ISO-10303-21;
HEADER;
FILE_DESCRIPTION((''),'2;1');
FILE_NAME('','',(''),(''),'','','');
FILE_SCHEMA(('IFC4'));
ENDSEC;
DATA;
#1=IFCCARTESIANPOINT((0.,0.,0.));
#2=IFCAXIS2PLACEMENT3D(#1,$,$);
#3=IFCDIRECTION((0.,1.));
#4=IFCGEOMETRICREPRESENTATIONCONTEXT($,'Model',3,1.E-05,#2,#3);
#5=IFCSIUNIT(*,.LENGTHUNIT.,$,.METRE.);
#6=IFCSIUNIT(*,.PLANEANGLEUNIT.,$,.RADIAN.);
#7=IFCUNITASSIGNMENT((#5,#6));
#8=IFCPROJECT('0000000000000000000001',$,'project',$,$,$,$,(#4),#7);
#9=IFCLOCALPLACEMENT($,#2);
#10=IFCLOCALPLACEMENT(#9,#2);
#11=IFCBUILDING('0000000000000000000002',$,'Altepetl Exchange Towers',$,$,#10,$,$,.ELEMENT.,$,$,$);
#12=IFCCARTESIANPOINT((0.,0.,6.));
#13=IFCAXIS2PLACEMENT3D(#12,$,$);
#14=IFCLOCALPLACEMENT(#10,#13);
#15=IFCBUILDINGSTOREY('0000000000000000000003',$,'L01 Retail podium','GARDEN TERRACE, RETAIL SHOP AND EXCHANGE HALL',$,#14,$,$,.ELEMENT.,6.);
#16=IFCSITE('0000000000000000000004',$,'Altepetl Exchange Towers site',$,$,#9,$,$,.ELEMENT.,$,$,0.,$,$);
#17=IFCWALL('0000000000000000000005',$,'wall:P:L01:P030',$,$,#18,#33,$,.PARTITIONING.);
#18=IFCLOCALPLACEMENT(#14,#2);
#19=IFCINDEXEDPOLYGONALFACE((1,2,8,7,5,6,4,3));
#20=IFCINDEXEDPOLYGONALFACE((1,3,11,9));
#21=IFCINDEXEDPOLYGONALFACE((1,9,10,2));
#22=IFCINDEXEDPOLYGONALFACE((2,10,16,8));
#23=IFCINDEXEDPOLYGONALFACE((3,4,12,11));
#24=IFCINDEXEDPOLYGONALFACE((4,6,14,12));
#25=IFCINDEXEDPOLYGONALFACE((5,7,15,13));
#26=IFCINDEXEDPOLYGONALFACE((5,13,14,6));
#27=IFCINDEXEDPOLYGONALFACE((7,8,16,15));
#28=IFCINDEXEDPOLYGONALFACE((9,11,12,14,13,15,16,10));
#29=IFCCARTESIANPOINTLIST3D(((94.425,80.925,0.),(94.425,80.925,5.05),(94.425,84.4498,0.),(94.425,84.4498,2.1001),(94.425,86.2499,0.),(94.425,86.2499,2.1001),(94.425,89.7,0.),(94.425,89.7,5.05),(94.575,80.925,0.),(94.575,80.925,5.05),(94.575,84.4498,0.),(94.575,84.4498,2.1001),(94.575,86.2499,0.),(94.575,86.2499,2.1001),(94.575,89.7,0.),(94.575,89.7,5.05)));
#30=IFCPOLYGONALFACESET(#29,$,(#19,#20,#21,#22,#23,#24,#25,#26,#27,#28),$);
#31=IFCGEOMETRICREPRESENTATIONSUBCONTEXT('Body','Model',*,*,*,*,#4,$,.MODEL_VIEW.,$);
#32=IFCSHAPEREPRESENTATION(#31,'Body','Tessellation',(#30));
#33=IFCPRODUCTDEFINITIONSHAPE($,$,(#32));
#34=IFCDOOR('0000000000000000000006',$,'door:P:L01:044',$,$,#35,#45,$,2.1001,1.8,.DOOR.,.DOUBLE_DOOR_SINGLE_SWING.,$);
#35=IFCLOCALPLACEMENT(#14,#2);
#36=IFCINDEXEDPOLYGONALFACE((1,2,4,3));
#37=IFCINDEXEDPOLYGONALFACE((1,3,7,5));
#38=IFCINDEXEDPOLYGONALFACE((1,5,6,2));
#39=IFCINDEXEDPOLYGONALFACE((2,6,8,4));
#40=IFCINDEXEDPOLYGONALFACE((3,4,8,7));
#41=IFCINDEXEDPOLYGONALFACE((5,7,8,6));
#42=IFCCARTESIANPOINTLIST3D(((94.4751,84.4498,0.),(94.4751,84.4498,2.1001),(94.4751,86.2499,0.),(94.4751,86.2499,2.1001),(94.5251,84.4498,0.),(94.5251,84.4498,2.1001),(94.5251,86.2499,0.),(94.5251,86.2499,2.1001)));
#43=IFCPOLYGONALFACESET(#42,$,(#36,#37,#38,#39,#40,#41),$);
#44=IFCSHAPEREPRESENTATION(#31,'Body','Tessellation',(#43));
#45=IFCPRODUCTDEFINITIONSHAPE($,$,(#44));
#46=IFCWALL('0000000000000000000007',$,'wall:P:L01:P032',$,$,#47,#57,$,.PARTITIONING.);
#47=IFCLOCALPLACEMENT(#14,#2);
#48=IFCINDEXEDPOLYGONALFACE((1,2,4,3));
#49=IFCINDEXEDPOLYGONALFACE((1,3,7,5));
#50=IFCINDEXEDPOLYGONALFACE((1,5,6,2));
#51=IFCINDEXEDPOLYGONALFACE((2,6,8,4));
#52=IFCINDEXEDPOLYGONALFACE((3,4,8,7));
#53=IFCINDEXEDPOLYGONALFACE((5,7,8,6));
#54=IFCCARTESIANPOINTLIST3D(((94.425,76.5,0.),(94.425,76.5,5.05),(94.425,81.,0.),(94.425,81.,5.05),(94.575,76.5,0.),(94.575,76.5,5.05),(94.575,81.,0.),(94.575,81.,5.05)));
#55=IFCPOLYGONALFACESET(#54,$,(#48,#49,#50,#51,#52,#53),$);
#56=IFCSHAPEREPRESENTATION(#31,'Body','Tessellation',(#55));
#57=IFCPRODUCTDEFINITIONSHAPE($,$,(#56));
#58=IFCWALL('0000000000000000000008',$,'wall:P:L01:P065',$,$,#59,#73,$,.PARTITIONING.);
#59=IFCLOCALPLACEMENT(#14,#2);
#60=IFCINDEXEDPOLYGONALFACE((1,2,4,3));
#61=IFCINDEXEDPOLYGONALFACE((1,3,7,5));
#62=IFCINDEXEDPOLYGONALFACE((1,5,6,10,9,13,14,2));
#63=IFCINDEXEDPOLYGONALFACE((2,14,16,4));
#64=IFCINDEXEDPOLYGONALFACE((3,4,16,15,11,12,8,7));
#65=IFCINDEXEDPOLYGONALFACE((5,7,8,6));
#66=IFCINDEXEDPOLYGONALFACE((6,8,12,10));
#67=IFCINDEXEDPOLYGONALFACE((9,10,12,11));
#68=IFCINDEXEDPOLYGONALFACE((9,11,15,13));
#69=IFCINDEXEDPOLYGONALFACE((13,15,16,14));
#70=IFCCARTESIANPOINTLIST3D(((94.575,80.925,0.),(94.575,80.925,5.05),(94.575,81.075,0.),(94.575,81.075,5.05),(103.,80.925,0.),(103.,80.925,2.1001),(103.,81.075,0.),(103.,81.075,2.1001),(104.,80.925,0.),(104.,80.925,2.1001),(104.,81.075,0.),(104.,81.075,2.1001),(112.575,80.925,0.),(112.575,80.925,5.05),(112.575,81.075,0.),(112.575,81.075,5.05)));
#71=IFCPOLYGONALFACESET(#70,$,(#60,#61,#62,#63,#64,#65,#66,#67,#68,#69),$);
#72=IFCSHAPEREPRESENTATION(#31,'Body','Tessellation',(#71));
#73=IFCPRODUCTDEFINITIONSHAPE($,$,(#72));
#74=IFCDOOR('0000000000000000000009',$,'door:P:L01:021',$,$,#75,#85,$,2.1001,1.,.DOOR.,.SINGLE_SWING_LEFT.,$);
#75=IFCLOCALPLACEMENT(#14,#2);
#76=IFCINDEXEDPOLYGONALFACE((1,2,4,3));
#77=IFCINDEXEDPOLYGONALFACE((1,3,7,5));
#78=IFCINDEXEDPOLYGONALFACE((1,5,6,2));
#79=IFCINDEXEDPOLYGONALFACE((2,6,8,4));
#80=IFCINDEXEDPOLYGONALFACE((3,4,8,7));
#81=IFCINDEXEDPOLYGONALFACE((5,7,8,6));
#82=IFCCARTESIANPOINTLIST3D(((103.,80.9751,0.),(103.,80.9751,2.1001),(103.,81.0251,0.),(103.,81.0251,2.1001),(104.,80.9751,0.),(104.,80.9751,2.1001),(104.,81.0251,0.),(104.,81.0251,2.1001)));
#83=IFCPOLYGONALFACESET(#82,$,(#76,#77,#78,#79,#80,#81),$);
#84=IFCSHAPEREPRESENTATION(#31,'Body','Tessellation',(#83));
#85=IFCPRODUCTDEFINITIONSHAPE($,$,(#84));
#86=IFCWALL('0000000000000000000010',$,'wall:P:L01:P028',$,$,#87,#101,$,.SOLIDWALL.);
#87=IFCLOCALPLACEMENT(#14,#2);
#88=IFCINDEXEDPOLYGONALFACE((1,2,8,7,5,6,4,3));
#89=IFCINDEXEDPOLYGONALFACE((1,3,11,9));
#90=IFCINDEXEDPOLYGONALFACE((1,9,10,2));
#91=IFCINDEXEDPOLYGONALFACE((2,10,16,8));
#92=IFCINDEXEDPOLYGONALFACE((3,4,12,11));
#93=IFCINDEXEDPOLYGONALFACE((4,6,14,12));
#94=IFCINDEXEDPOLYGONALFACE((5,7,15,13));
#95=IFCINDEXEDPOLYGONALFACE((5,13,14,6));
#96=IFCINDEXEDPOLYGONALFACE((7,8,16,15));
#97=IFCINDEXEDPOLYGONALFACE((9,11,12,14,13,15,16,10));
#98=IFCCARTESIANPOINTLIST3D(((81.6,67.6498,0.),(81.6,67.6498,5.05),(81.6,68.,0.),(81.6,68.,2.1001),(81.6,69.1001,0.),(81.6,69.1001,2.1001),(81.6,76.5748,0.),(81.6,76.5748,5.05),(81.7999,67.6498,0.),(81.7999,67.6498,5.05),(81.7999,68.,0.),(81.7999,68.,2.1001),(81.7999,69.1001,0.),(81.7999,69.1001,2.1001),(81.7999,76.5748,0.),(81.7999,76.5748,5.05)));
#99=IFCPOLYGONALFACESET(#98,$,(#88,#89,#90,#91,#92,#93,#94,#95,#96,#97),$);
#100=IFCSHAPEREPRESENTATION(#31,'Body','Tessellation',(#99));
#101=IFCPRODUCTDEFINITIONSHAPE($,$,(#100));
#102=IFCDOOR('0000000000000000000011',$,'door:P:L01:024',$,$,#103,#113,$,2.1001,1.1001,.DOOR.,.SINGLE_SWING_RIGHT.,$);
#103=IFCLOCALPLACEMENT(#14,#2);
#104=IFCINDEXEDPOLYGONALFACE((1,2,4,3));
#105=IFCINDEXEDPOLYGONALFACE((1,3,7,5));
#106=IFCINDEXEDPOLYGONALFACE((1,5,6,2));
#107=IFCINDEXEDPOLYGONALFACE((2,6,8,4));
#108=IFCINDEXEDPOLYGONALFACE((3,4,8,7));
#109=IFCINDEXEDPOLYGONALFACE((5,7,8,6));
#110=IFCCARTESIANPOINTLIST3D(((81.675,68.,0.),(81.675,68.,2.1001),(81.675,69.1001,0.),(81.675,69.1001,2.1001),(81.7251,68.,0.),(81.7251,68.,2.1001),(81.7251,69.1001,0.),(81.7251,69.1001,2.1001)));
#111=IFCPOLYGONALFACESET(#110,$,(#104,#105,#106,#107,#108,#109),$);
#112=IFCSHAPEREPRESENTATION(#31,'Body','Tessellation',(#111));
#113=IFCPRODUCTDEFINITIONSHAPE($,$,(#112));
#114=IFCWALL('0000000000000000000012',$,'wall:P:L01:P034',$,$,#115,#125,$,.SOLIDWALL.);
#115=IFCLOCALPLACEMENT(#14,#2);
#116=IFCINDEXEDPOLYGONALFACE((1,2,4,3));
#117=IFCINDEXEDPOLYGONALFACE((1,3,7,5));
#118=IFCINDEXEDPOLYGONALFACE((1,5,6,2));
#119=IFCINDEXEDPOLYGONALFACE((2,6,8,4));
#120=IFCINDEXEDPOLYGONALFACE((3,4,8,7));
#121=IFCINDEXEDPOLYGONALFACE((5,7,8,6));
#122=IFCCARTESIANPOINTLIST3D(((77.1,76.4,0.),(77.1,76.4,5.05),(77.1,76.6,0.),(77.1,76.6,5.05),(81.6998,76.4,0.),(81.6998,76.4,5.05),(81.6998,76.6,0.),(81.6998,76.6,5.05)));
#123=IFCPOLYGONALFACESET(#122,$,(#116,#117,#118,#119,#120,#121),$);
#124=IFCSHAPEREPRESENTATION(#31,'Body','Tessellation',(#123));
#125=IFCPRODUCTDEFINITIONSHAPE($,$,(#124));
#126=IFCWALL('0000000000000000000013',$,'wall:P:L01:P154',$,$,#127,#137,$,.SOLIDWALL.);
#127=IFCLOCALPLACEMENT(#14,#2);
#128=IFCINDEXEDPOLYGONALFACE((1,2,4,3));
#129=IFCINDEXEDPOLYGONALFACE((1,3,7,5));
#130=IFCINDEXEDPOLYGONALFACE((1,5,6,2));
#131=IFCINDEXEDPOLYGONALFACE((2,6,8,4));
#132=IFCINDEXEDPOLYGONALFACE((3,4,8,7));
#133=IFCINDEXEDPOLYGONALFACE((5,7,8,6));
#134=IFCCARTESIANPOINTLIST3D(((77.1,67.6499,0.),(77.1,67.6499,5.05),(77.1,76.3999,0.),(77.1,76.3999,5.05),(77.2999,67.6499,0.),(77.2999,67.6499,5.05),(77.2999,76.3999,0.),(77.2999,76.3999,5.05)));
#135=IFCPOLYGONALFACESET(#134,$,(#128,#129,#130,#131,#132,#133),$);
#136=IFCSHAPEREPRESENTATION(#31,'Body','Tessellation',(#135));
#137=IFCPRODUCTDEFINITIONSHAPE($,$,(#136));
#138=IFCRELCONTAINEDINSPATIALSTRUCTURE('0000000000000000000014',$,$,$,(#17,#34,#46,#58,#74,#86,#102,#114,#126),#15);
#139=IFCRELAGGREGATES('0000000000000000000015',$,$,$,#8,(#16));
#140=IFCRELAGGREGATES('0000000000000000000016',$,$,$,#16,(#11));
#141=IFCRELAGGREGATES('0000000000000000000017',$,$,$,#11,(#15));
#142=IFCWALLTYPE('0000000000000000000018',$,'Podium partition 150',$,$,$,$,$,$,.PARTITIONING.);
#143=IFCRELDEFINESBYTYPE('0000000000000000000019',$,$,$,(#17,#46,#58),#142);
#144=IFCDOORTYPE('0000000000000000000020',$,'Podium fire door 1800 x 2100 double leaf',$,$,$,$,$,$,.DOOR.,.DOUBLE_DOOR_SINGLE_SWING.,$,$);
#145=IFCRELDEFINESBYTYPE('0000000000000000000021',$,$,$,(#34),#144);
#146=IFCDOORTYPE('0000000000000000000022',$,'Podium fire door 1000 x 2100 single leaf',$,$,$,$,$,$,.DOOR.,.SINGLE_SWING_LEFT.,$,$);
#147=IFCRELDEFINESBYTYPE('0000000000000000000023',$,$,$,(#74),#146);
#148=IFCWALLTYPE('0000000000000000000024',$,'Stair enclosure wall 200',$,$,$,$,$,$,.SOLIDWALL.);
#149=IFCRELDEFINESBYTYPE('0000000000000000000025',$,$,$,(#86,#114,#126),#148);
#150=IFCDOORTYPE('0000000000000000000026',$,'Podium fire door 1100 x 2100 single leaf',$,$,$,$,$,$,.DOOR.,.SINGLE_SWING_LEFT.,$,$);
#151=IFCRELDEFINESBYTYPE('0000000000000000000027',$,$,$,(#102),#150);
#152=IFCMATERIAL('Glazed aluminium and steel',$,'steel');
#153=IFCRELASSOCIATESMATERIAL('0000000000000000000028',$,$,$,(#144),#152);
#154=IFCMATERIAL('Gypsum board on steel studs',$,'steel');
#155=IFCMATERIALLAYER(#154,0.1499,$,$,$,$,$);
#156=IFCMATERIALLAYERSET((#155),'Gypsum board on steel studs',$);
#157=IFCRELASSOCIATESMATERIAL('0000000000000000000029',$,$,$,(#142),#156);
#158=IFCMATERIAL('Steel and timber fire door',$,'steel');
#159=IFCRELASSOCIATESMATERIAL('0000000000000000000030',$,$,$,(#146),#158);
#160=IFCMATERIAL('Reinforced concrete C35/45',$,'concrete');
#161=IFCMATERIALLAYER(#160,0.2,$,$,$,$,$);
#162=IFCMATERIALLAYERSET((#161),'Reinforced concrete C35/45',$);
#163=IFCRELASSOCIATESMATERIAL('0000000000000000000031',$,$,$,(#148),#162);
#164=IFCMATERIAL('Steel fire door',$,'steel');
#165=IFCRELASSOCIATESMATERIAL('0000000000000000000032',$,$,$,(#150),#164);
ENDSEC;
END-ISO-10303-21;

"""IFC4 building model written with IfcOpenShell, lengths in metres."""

from ifc_helpers import new_model, si_unit, direction, frame, frame_2d, origin, place, context, subcontext, project, spatial, rectangle, extrude, material, layer, layer_set, type_object, element, fill, save


model = new_model("IFC4")

# Units and contexts
model_context = context("Model", 3, precision=1e-05, world=origin(), true_north=direction((0.0, 1.0)))
body_context = subcontext(model_context, "Body", "Model", "MODEL_VIEW")
ifc_project = project(units=[si_unit("LENGTHUNIT", "METRE"), si_unit("PLANEANGLEUNIT", "RADIAN")], contexts=[model_context])

# Site, building, storey
site_placement = place(None, origin())
site = spatial("IfcSite", under=ifc_project, at=site_placement, Name="Altepetl Exchange Towers site", CompositionType="ELEMENT", RefElevation=0.0)
building_placement = place(site_placement, origin())
building = spatial("IfcBuilding", under=site, at=building_placement, Name="Altepetl Exchange Towers", CompositionType="ELEMENT")
storey_placement = place(building_placement, frame((0.0, 0.0, 6.0)))
storey = spatial("IfcBuildingStorey", under=building, at=storey_placement, Name="L01 Retail podium", Description="GARDEN TERRACE, RETAIL SHOP AND EXCHANGE HALL", CompositionType="ELEMENT", Elevation=6.0)

# Shared definitions
ifc_material_1 = material(Name="Reinforced concrete C35/45", Category="concrete")
ifc_material_2 = material(Name="Glazed aluminium and steel", Category="steel")
door_type_1 = type_object("IfcDoorType", Name="Podium fire door 1800 x 2100 double leaf", OperationType="DOUBLE_DOOR_SINGLE_SWING", PredefinedType="DOOR", material=ifc_material_2)

# Shared definitions
ifc_material_3 = material(Name="Gypsum board on steel studs", Category="steel")
ifc_layer_1 = layer(ifc_material_3, 0.1499)
ifc_layer_set_1 = layer_set([ifc_layer_1], Name="Gypsum board on steel studs")
wall_type_1 = type_object("IfcWallType", Name="Podium partition 150", PredefinedType="PARTITIONING", material=ifc_layer_set_1)

# Wall, opening, door
wall_1_placement = place(storey_placement, frame((94.5, 80.925, 0.0), z_axis=(0.0, 0.0, 1.0), x_axis=(0.0, 1.0, 0.0)))
wall_1 = element("IfcWall", 1, at=wall_1_placement, inside=storey, type_object=wall_type_1, Name="wall:P:L01:P030", PredefinedType="PARTITIONING", context=body_context, shape_type="SweptSolid", body=[
    extrude(rectangle(XDim=8.7749, YDim=0.1499, at=frame_2d((4.3875, 0.0))), origin(), (0.0, 0.0, 1.0), 5.05),
])
opening_1_placement = place(wall_1_placement, frame((3.5249, 0.0, 0.0)))
opening_1 = element("IfcOpeningElement", 2, at=opening_1_placement, cuts=wall_1, PredefinedType="OPENING", context=body_context, shape_type="SweptSolid", body=[
    extrude(rectangle(XDim=1.8, YDim=2.1001, at=frame_2d((0.8999, 1.05))), frame((0.0, 0.085, 0.0), z_axis=(0.0, -1.0, 0.0), x_axis=(1.0, 0.0, 0.0)), (0.0, 0.0, 1.0), 0.1699),
])
door_1_placement = place(opening_1_placement, origin())
door_1 = element("IfcDoor", 3, at=door_1_placement, inside=storey, type_object=door_type_1, Name="door:P:L01:044", OperationType="DOUBLE_DOOR_SINGLE_SWING", OverallHeight=2.1001, OverallWidth=1.8, PredefinedType="DOOR", context=body_context, shape_type="SweptSolid", body=[
    extrude(rectangle(XDim=1.8, YDim=2.1001, at=frame_2d((0.8999, 1.05))), frame((0.0, 0.0249, 0.0), z_axis=(0.0, -1.0, 0.0), x_axis=(1.0, 0.0, 0.0)), (0.0, 0.0, 1.0), 0.05),
])
fill(opening_1, door_1)

# Wall
wall_2_placement = place(storey_placement, frame((94.5, 76.5, 0.0), z_axis=(0.0, 0.0, 1.0), x_axis=(0.0, 1.0, 0.0)))
element("IfcWall", 4, at=wall_2_placement, inside=storey, type_object=wall_type_1, Name="wall:P:L01:P032", PredefinedType="PARTITIONING", context=body_context, shape_type="SweptSolid", body=[
    extrude(rectangle(XDim=4.5, YDim=0.1499, at=frame_2d((2.25, 0.0))), origin(), (0.0, 0.0, 1.0), 5.05),
])

# Walls, openings, doors
wall_3_placement = place(storey_placement, frame((94.575, 81.0, 0.0)))
wall_3 = element("IfcWall", 5, at=wall_3_placement, inside=storey, type_object=wall_type_1, Name="wall:P:L01:P065", PredefinedType="PARTITIONING", context=body_context, shape_type="SweptSolid", body=[
    extrude(rectangle(XDim=18.0, YDim=0.1499, at=frame_2d((9.0, 0.0))), origin(), (0.0, 0.0, 1.0), 5.05),
])
opening_2_placement = place(wall_3_placement, frame((8.425, 0.0, 0.0)))
opening_2 = element("IfcOpeningElement", 6, at=opening_2_placement, cuts=wall_3, PredefinedType="OPENING", context=body_context, shape_type="SweptSolid", body=[
    extrude(rectangle(XDim=1.0, YDim=2.1001, at=frame_2d((0.5, 1.05))), frame((0.0, 0.085, 0.0), z_axis=(0.0, -1.0, 0.0), x_axis=(1.0, 0.0, 0.0)), (0.0, 0.0, 1.0), 0.1699),
])
ifc_material_4 = material(Name="Steel and timber fire door", Category="steel")
door_type_2 = type_object("IfcDoorType", Name="Podium fire door 1000 x 2100 single leaf", OperationType="SINGLE_SWING_LEFT", PredefinedType="DOOR", material=ifc_material_4)
door_2_placement = place(opening_2_placement, frame((1.0, 0.0, 0.0), x_axis=(-1.0, 0.0, 0.0)))
door_2 = element("IfcDoor", 7, at=door_2_placement, inside=storey, type_object=door_type_2, Name="door:P:L01:021", OperationType="SINGLE_SWING_LEFT", OverallHeight=2.1001, OverallWidth=1.0, PredefinedType="DOOR", context=body_context, shape_type="SweptSolid", body=[
    extrude(rectangle(XDim=1.0, YDim=2.1001, at=frame_2d((0.5, 1.05))), frame((0.0, 0.0249, 0.0), z_axis=(0.0, -1.0, 0.0), x_axis=(1.0, 0.0, 0.0)), (0.0, 0.0, 1.0), 0.05),
])
fill(opening_2, door_2)
ifc_layer_2 = layer(ifc_material_1, 0.2)
ifc_layer_set_2 = layer_set([ifc_layer_2], Name="Reinforced concrete C35/45")
wall_type_2 = type_object("IfcWallType", Name="Stair enclosure wall 200", PredefinedType="SOLIDWALL", material=ifc_layer_set_2)
wall_4_placement = place(storey_placement, frame((81.7, 67.6499, 0.0), z_axis=(0.0, 0.0, 1.0), x_axis=(0.0, 1.0, 0.0)))
wall_4 = element("IfcWall", 8, at=wall_4_placement, inside=storey, type_object=wall_type_2, Name="wall:P:L01:P028", PredefinedType="SOLIDWALL", context=body_context, shape_type="SweptSolid", body=[
    extrude(rectangle(XDim=8.925, YDim=0.2, at=frame_2d((4.4624, 0.0))), origin(), (0.0, 0.0, 1.0), 5.05),
])
opening_3_placement = place(wall_4_placement, frame((0.3501, 0.0, 0.0)))
opening_3 = element("IfcOpeningElement", 9, at=opening_3_placement, cuts=wall_4, PredefinedType="OPENING", context=body_context, shape_type="SweptSolid", body=[
    extrude(rectangle(XDim=1.1001, YDim=2.1001, at=frame_2d((0.55, 1.05))), frame((0.0, 0.1099, 0.0), z_axis=(0.0, -1.0, 0.0), x_axis=(1.0, 0.0, 0.0)), (0.0, 0.0, 1.0), 0.22),
])
ifc_material_5 = material(Name="Steel fire door", Category="steel")
door_type_3 = type_object("IfcDoorType", Name="Podium fire door 1100 x 2100 single leaf", OperationType="SINGLE_SWING_LEFT", PredefinedType="DOOR", material=ifc_material_5)
door_3_placement = place(opening_3_placement, origin())
door_3 = element("IfcDoor", 10, at=door_3_placement, inside=storey, type_object=door_type_3, Name="door:P:L01:024", OperationType="SINGLE_SWING_RIGHT", OverallHeight=2.1001, OverallWidth=1.1001, PredefinedType="DOOR", context=body_context, shape_type="SweptSolid", body=[
    extrude(rectangle(XDim=1.1001, YDim=2.1001, at=frame_2d((0.55, 1.05))), frame((0.0, 0.0249, 0.0), z_axis=(0.0, -1.0, 0.0), x_axis=(1.0, 0.0, 0.0)), (0.0, 0.0, 1.0), 0.05),
])
fill(opening_3, door_3)

# Walls
wall_5_placement = place(storey_placement, frame((77.1001, 76.5, 0.0)))
element("IfcWall", 11, at=wall_5_placement, inside=storey, type_object=wall_type_2, Name="wall:P:L01:P034", PredefinedType="SOLIDWALL", context=body_context, shape_type="SweptSolid", body=[
    extrude(rectangle(XDim=4.5999, YDim=0.2, at=frame_2d((2.2998, 0.0))), origin(), (0.0, 0.0, 1.0), 5.05),
])
wall_6_placement = place(storey_placement, frame((77.2, 67.6499, 0.0), z_axis=(0.0, 0.0, 1.0), x_axis=(0.0, 1.0, 0.0)))
element("IfcWall", 12, at=wall_6_placement, inside=storey, type_object=wall_type_2, Name="wall:P:L01:P154", PredefinedType="SOLIDWALL", context=body_context, shape_type="SweptSolid", body=[
    extrude(rectangle(XDim=8.75, YDim=0.2, at=frame_2d((4.375, 0.0))), origin(), (0.0, 0.0, 1.0), 5.05),
])

save(model, "model.ifc")
